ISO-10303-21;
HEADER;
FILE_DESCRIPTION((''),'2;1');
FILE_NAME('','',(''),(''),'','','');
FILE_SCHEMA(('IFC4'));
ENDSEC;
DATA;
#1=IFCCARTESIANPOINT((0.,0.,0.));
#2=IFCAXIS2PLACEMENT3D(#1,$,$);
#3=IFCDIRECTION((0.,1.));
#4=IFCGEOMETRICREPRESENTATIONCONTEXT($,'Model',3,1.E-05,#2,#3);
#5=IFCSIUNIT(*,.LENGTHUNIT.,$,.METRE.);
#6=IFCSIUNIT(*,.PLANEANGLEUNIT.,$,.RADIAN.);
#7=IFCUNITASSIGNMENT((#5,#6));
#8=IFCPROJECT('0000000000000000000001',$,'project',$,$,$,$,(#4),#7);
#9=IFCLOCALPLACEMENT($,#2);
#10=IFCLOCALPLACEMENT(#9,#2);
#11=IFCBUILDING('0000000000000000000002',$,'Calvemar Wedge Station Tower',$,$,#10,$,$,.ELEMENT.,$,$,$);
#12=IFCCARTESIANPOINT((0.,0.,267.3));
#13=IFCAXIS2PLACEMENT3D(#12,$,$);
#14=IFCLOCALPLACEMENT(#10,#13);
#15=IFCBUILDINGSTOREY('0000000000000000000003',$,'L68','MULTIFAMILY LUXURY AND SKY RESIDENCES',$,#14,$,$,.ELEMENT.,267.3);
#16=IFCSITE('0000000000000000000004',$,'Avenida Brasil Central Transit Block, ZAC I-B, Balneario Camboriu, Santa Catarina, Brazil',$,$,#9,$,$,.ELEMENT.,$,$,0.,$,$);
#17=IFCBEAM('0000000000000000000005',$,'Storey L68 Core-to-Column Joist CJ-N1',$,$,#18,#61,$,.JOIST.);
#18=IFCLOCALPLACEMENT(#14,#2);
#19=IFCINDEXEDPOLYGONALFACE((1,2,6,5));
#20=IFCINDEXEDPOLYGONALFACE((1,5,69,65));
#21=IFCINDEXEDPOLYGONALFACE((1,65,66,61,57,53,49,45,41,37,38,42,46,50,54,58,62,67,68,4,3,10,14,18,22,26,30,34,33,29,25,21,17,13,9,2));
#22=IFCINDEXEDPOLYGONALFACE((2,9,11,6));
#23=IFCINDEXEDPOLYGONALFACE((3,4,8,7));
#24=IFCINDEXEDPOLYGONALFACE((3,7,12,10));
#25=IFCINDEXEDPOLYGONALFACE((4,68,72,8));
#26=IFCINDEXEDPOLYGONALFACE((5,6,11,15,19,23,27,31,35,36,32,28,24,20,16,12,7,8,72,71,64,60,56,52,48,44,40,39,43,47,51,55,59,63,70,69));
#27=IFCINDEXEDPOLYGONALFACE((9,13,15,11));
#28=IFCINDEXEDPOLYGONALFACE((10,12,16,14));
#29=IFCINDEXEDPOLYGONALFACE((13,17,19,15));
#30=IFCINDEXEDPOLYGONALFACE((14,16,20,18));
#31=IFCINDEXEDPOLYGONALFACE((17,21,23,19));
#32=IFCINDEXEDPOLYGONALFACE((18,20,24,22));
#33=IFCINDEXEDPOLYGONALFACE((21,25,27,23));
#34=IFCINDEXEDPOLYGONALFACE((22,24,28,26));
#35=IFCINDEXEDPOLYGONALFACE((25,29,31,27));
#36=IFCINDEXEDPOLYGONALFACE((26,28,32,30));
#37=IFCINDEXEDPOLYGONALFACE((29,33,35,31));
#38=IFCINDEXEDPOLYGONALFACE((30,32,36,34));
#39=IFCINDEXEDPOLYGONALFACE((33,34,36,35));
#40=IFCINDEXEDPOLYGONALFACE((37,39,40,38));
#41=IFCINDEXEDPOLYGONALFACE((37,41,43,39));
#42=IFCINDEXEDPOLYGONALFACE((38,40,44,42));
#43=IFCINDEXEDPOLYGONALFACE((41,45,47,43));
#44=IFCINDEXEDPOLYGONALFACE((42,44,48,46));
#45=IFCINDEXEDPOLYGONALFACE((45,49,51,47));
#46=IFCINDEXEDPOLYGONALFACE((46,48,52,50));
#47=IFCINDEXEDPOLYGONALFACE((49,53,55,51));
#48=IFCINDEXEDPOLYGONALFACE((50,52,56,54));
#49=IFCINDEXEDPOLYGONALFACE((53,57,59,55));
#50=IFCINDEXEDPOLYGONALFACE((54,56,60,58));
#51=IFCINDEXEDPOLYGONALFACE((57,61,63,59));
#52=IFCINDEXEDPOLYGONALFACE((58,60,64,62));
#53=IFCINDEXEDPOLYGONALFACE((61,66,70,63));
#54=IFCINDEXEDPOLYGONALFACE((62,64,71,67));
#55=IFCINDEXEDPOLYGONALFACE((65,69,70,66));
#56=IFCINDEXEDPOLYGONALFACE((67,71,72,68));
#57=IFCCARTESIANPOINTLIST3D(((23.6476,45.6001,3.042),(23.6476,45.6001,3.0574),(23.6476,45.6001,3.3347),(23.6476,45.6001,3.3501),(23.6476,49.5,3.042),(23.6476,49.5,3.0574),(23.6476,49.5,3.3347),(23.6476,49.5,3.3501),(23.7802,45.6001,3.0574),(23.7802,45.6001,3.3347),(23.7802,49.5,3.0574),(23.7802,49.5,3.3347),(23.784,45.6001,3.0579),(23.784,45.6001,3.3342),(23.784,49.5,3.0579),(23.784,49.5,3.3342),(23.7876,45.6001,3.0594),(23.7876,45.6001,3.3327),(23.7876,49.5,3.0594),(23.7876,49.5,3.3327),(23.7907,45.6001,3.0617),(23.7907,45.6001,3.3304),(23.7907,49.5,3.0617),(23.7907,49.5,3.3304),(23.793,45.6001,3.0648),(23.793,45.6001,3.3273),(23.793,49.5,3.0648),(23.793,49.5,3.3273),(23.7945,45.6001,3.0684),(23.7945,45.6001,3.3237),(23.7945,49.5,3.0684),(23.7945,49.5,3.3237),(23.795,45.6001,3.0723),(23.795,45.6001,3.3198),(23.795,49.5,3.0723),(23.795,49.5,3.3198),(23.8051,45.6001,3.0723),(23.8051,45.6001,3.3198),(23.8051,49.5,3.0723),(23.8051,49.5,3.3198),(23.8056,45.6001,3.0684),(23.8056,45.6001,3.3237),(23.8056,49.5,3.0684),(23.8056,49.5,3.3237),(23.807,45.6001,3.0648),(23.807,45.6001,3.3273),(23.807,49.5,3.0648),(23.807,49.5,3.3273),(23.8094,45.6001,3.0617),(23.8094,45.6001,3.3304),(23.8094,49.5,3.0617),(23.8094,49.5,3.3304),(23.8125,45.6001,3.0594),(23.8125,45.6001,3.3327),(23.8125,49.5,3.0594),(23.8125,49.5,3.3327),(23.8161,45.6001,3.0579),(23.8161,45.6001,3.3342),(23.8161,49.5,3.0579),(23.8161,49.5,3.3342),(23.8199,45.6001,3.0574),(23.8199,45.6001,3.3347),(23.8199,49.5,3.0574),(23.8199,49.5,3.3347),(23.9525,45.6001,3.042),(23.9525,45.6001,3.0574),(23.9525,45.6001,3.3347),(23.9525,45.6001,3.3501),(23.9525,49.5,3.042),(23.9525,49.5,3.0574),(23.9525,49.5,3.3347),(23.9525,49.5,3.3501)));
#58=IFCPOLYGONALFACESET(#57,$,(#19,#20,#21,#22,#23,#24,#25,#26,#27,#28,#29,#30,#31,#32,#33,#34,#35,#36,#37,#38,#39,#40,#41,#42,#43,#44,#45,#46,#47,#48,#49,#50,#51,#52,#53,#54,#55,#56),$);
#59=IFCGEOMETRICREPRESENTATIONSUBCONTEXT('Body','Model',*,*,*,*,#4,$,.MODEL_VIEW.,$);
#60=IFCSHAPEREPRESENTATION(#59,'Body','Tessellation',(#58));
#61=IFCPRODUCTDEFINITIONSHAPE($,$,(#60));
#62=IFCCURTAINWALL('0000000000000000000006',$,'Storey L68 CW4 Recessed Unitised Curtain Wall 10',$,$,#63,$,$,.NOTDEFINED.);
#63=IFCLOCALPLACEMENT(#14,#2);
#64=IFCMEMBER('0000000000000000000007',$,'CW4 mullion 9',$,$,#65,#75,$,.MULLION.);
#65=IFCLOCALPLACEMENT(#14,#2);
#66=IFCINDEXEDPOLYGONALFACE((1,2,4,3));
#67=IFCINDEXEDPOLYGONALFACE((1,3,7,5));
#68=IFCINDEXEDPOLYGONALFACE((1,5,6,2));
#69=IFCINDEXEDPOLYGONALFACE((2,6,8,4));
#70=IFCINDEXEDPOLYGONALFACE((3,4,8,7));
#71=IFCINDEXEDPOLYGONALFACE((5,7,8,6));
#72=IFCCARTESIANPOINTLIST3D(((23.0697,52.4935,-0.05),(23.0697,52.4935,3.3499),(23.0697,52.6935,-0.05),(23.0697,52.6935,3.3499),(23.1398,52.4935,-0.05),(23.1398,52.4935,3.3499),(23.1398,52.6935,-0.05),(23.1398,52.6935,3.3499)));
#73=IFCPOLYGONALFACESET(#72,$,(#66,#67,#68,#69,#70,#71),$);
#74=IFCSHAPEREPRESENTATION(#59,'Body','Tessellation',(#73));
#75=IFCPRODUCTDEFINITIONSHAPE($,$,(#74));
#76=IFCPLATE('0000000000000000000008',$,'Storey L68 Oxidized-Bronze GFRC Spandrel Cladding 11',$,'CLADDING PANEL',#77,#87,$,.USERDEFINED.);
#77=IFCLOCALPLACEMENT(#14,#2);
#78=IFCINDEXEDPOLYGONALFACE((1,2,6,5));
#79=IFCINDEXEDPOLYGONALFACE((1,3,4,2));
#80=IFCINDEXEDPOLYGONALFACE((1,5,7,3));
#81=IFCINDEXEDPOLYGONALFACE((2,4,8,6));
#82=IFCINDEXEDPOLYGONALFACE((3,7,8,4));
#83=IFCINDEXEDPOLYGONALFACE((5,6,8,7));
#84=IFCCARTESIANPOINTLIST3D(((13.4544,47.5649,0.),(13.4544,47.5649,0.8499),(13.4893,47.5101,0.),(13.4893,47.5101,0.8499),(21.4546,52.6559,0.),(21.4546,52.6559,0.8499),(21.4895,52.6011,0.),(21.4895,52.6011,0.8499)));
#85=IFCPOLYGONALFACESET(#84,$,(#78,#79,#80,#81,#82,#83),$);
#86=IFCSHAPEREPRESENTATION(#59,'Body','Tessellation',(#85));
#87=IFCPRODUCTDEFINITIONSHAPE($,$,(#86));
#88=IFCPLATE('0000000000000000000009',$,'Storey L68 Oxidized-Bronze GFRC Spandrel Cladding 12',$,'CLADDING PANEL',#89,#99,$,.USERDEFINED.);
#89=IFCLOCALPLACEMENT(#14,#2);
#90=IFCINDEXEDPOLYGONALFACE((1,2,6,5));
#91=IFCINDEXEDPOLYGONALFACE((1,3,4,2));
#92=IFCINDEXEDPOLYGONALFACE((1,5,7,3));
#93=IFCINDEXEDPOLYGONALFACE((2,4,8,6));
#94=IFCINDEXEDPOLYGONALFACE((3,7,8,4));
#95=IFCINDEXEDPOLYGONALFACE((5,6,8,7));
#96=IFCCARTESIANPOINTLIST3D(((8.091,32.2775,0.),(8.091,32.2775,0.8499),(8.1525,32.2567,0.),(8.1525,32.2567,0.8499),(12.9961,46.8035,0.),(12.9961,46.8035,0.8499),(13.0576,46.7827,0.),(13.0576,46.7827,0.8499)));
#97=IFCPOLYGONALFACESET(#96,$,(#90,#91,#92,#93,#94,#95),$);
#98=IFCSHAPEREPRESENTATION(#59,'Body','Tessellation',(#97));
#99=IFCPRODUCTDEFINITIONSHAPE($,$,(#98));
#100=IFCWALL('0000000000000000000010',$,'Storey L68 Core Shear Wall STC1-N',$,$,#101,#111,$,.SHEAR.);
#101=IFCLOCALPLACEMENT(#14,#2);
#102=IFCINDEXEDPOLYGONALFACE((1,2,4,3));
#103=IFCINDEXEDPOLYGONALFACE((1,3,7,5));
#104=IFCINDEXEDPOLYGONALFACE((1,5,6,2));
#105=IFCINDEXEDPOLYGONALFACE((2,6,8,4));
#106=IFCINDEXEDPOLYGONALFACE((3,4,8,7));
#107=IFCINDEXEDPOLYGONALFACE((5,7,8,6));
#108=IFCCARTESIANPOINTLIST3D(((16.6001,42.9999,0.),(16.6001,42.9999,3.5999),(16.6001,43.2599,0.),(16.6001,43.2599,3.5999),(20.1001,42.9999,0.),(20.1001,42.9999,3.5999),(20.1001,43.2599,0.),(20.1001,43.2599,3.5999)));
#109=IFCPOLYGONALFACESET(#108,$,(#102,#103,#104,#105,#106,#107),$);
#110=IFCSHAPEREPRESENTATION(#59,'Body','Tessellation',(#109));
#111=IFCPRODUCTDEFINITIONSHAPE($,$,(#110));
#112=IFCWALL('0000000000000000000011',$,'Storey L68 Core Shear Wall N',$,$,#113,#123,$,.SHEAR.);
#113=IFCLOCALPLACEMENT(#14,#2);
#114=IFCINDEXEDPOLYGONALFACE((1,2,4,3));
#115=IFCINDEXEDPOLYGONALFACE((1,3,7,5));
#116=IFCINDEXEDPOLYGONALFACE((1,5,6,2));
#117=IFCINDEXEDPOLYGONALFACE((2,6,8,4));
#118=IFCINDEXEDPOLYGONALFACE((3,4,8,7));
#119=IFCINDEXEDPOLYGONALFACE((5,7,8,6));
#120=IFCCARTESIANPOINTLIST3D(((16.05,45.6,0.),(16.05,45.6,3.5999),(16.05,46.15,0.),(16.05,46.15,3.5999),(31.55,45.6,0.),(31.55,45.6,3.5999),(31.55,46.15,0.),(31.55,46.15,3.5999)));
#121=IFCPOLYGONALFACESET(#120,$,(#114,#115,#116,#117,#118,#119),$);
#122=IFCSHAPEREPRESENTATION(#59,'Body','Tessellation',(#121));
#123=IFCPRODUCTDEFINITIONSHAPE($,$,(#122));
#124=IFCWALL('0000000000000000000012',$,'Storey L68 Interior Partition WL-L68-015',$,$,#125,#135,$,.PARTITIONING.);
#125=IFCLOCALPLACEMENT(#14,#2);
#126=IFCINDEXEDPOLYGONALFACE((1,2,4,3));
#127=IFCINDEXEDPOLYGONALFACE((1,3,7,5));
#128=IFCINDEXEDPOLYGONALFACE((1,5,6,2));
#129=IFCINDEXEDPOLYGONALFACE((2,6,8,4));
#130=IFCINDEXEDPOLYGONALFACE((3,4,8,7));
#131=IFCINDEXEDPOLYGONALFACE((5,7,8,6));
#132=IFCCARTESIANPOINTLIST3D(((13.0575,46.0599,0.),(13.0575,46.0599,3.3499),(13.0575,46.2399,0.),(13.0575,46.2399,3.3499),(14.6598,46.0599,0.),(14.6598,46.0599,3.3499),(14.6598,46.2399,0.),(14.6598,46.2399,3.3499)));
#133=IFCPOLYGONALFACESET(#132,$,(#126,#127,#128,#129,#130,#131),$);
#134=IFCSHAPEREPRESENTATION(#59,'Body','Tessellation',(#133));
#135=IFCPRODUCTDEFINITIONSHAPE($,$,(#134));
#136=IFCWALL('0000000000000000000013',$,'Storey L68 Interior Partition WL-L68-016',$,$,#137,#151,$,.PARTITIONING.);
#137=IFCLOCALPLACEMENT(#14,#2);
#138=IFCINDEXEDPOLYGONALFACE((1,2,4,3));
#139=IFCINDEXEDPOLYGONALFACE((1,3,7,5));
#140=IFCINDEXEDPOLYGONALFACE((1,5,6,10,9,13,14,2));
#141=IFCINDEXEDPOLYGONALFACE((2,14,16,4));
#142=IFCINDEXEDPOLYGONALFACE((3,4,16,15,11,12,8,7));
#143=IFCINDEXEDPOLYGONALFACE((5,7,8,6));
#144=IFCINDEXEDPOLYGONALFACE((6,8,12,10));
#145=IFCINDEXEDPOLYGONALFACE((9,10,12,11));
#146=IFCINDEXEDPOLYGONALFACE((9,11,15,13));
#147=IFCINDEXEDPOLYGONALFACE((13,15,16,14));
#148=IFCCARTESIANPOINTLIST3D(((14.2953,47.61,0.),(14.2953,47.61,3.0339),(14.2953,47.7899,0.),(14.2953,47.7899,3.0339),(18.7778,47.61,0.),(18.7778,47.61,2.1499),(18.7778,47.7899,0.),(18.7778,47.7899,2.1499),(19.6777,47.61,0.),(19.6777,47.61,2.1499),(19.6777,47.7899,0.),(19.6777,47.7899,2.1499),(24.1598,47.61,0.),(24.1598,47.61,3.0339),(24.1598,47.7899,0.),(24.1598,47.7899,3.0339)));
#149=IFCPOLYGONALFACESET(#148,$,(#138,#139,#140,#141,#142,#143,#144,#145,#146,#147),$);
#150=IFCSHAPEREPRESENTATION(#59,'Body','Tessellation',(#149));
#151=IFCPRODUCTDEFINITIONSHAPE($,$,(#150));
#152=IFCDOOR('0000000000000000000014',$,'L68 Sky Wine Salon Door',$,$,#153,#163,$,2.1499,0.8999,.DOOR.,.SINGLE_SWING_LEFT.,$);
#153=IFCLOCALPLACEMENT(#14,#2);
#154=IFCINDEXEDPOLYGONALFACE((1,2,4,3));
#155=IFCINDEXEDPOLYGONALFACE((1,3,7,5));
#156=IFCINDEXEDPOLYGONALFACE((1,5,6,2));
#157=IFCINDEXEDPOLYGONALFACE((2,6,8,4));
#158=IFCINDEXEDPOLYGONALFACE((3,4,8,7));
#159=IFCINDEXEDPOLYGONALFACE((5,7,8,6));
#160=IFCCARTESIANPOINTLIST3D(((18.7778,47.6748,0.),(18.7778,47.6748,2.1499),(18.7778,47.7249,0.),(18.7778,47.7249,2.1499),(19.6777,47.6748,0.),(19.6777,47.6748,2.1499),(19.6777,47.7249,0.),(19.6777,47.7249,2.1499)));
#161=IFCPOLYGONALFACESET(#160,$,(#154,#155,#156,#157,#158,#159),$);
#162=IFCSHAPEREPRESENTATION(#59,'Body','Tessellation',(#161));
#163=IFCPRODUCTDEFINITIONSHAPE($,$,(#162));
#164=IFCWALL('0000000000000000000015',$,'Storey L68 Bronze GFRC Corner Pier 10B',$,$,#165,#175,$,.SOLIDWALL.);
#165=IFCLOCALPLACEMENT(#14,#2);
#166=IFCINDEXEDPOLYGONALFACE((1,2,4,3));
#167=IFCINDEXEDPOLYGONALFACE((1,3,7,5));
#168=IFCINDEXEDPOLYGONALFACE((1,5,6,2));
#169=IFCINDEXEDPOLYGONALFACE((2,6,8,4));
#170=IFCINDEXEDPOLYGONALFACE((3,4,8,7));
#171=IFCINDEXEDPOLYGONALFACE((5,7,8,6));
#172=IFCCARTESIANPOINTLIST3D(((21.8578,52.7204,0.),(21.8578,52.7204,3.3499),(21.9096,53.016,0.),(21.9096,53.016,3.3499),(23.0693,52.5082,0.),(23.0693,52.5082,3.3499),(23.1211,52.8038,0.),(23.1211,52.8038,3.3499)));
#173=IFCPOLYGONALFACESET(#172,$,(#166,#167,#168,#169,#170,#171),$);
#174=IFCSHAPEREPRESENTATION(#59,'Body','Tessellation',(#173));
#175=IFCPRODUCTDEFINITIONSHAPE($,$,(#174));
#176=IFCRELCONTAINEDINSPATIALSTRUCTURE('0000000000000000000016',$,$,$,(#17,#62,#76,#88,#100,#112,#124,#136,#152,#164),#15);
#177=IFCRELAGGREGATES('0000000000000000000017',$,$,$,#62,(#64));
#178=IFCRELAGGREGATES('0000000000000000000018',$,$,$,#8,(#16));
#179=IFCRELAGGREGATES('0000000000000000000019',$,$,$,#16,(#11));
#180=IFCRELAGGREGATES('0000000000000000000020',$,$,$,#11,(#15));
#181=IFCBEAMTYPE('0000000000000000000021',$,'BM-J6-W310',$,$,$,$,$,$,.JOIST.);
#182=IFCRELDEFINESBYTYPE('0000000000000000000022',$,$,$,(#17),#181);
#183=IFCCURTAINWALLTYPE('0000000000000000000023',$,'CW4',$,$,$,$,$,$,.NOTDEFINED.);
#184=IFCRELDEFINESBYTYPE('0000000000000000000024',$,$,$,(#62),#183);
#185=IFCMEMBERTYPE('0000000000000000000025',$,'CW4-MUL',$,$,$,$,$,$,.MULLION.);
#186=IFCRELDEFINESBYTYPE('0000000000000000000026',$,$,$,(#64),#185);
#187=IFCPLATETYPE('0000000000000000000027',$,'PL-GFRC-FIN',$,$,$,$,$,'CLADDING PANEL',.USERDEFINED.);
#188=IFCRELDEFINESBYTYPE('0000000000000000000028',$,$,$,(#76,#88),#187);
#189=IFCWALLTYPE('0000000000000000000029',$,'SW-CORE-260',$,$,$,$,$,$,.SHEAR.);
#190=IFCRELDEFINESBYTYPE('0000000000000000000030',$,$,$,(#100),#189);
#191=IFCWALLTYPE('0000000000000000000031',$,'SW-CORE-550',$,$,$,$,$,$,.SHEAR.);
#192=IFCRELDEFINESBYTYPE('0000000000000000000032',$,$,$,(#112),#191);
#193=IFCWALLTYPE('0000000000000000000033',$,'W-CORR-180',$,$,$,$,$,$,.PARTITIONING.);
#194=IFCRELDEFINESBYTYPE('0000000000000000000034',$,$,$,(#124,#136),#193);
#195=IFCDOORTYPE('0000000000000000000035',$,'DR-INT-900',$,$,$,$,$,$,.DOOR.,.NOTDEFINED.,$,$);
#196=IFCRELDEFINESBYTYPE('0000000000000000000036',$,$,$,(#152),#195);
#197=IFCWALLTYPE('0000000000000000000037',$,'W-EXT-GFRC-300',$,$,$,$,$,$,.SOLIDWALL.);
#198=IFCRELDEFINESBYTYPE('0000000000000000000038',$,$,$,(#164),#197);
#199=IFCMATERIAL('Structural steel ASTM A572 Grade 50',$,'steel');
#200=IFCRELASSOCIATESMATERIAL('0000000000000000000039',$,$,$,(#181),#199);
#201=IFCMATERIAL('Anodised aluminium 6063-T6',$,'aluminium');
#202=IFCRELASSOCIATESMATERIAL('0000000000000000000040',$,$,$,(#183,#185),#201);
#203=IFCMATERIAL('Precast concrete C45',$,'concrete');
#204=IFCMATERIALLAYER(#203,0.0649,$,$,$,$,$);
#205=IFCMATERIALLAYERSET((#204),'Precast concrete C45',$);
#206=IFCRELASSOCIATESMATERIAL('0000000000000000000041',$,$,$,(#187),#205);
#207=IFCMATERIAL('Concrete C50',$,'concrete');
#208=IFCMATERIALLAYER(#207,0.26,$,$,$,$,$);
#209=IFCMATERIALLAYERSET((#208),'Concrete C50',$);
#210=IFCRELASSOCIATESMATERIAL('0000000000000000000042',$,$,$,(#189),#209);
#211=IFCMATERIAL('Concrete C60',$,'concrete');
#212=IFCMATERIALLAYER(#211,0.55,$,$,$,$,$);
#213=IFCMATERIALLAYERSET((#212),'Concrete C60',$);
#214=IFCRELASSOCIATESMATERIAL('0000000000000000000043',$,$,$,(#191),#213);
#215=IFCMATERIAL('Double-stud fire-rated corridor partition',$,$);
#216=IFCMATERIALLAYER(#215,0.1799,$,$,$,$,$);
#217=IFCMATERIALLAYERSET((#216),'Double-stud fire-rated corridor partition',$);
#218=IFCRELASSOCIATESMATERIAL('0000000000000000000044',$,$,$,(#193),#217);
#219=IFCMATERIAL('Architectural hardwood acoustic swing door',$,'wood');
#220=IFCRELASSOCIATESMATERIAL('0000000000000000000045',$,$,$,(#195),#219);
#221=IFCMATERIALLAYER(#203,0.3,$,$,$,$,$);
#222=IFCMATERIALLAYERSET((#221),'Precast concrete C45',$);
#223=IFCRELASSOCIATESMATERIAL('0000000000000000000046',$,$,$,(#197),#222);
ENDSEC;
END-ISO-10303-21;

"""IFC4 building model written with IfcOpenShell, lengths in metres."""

from ifc_helpers import new_model, si_unit, direction, frame, frame_2d, origin, origin_2d, place, context, subcontext, project, spatial, rectangle, i_section, extrude, source, transform, mapped, material, layer, layer_set, material_profile, profile_set, type_object, element, fill, aggregate, save


model = new_model("IFC4")

# Units and contexts
model_context = context("Model", 3, precision=1e-05, world=origin(), true_north=direction((0.0, 1.0)))
body_context = subcontext(model_context, "Body", "Model", "MODEL_VIEW")
ifc_project = project(units=[si_unit("LENGTHUNIT", "METRE"), si_unit("PLANEANGLEUNIT", "RADIAN")], contexts=[model_context])

# Site, building, storey
site_placement = place(None, origin())
site = spatial("IfcSite", under=ifc_project, at=site_placement, Name="Avenida Brasil Central Transit Block, ZAC I-B, Balneario Camboriu, Santa Catarina, Brazil", CompositionType="ELEMENT", RefElevation=0.0)
building_placement = place(site_placement, origin())
building = spatial("IfcBuilding", under=site, at=building_placement, Name="Calvemar Wedge Station Tower", CompositionType="ELEMENT")
storey_placement = place(building_placement, frame((0.0, 0.0, 267.3)))
storey = spatial("IfcBuildingStorey", under=building, at=storey_placement, Name="L68", Description="MULTIFAMILY LUXURY AND SKY RESIDENCES", CompositionType="ELEMENT", Elevation=267.3)

# Beam
ifc_material_1 = material(Name="Structural steel ASTM A572 Grade 50", Category="steel")
ifc_material_profile_1 = material_profile(ifc_material_1, i_section(OverallWidth=0.3049, OverallDepth=0.3081, WebThickness=0.01, FlangeThickness=0.0154, FilletRadius=0.0149, at=origin_2d()), Name="W310x97")
ifc_profile_set_1 = profile_set([ifc_material_profile_1], Name="Structural steel ASTM A572 Grade 50")
beam_type = type_object("IfcBeamType", Name="BM-J6-W310", PredefinedType="JOIST", material=ifc_profile_set_1)
shared_shape_1 = source(origin(), body_context, "Body", "SweptSolid", [
    extrude(i_section(OverallWidth=0.3049, OverallDepth=0.3081, WebThickness=0.01, FlangeThickness=0.0154, FilletRadius=0.0149, at=origin_2d()), origin(), (0.0, 0.0, 1.0), 3.8999),
])
beam_placement = place(storey_placement, frame((23.8, 45.6001, 3.196), z_axis=(0.0, 1.0, 0.0), x_axis=(-1.0, 0.0, 0.0)))
element("IfcBeam", 1, at=beam_placement, inside=storey, type_object=beam_type, Name="Storey L68 Core-to-Column Joist CJ-N1", PredefinedType="JOIST", context=body_context, shape_type="MappedRepresentation", body=[
    mapped(shared_shape_1, transform((0.0, 0.0, 0.0), scale=1.0)),
])

# Curtain wall, member
ifc_material_2 = material(Name="Anodised aluminium 6063-T6", Category="aluminium")
curtain_wall_type = type_object("IfcCurtainWallType", Name="CW4", PredefinedType="NOTDEFINED", material=ifc_material_2)
curtain_wall_placement = place(storey_placement, origin())
curtain_wall = element("IfcCurtainWall", 2, at=curtain_wall_placement, inside=storey, type_object=curtain_wall_type, Name="Storey L68 CW4 Recessed Unitised Curtain Wall 10", PredefinedType="NOTDEFINED")
ifc_material_profile_2 = material_profile(ifc_material_2, rectangle(XDim=0.0701, YDim=0.2, at=origin_2d()), Name="AL-MUL-70x200")
ifc_profile_set_2 = profile_set([ifc_material_profile_2], Name="Anodised aluminium 6063-T6")
member_type = type_object("IfcMemberType", Name="CW4-MUL", PredefinedType="MULLION", material=ifc_profile_set_2)
shared_shape_2 = source(origin(), body_context, "Body", "SweptSolid", [
    extrude(rectangle(XDim=0.0701, YDim=0.2, at=origin_2d()), origin(), (0.0, 0.0, 1.0), 3.3999),
])
member_placement = place(storey_placement, frame((23.1047, 52.5935, -0.05), z_axis=(0.0, 0.0, 1.0), x_axis=(1.0, 0.0, 0.0)))
member = element("IfcMember", 3, at=member_placement, type_object=member_type, Name="CW4 mullion 9", PredefinedType="MULLION", context=body_context, shape_type="MappedRepresentation", body=[
    mapped(shared_shape_2, transform((0.0, 0.0, 0.0), scale=1.0)),
])
aggregate(curtain_wall, [member])

# Plates
ifc_material_3 = material(Name="Precast concrete C45", Category="concrete")
ifc_layer_1 = layer(ifc_material_3, 0.0649)
ifc_layer_set_1 = layer_set([ifc_layer_1], Name="Precast concrete C45")
plate_type = type_object("IfcPlateType", Name="PL-GFRC-FIN", ElementType="CLADDING PANEL", PredefinedType="USERDEFINED", material=ifc_layer_set_1)
plate_1_placement = place(storey_placement, frame((21.4719, 52.6284, 0.0), z_axis=(0.0, 0.0, 1.0), x_axis=(-0.843661, -0.536875, 0.0)))
element("IfcPlate", 4, at=plate_1_placement, inside=storey, type_object=plate_type, Name="Storey L68 Oxidized-Bronze GFRC Spandrel Cladding 11", ObjectType="CLADDING PANEL", PredefinedType="USERDEFINED", context=body_context, shape_type="SweptSolid", body=[
    extrude(rectangle(XDim=9.4827, YDim=0.0649, at=frame_2d((4.7412, 0.0))), origin(), (0.0, 0.0, 1.0), 0.8499),
])
plate_2_placement = place(storey_placement, frame((13.0269, 46.7932, 0.0), z_axis=(0.0, 0.0, 1.0), x_axis=(-0.319928, -0.947442, 0.0)))
element("IfcPlate", 5, at=plate_2_placement, inside=storey, type_object=plate_type, Name="Storey L68 Oxidized-Bronze GFRC Spandrel Cladding 12", ObjectType="CLADDING PANEL", PredefinedType="USERDEFINED", context=body_context, shape_type="SweptSolid", body=[
    extrude(rectangle(XDim=15.3318, YDim=0.0649, at=frame_2d((7.666, 0.0))), origin(), (0.0, 0.0, 1.0), 0.8499),
])

# Walls
ifc_material_4 = material(Name="Concrete C50", Category="concrete")
ifc_layer_2 = layer(ifc_material_4, 0.26)
ifc_layer_set_2 = layer_set([ifc_layer_2], Name="Concrete C50")
wall_type_1 = type_object("IfcWallType", Name="SW-CORE-260", PredefinedType="SHEAR", material=ifc_layer_set_2)
wall_1_placement = place(storey_placement, frame((16.6001, 43.1299, 0.0), z_axis=(0.0, 0.0, 1.0), x_axis=(1.0, 0.0, 0.0)))
element("IfcWall", 6, at=wall_1_placement, inside=storey, type_object=wall_type_1, Name="Storey L68 Core Shear Wall STC1-N", PredefinedType="SHEAR", context=body_context, shape_type="SweptSolid", body=[
    extrude(rectangle(XDim=3.5, YDim=0.26, at=frame_2d((1.75, 0.0))), origin(), (0.0, 0.0, 1.0), 3.5999),
])
ifc_material_5 = material(Name="Concrete C60", Category="concrete")
ifc_layer_3 = layer(ifc_material_5, 0.55)
ifc_layer_set_3 = layer_set([ifc_layer_3], Name="Concrete C60")
wall_type_2 = type_object("IfcWallType", Name="SW-CORE-550", PredefinedType="SHEAR", material=ifc_layer_set_3)
wall_2_placement = place(storey_placement, frame((16.05, 45.875, 0.0), z_axis=(0.0, 0.0, 1.0), x_axis=(1.0, 0.0, 0.0)))
element("IfcWall", 7, at=wall_2_placement, inside=storey, type_object=wall_type_2, Name="Storey L68 Core Shear Wall N", PredefinedType="SHEAR", context=body_context, shape_type="SweptSolid", body=[
    extrude(rectangle(XDim=15.5, YDim=0.55, at=frame_2d((7.75, 0.0))), origin(), (0.0, 0.0, 1.0), 3.5999),
])
ifc_material_6 = material(Name="Double-stud fire-rated corridor partition")
ifc_layer_4 = layer(ifc_material_6, 0.1799)
ifc_layer_set_4 = layer_set([ifc_layer_4], Name="Double-stud fire-rated corridor partition")
wall_type_3 = type_object("IfcWallType", Name="W-CORR-180", PredefinedType="PARTITIONING", material=ifc_layer_set_4)
wall_3_placement = place(storey_placement, frame((14.6599, 46.1499, 0.0), z_axis=(0.0, 0.0, 1.0), x_axis=(-1.0, 0.0, 0.0)))
element("IfcWall", 8, at=wall_3_placement, inside=storey, type_object=wall_type_3, Name="Storey L68 Interior Partition WL-L68-015", PredefinedType="PARTITIONING", context=body_context, shape_type="SweptSolid", body=[
    extrude(rectangle(XDim=1.6023, YDim=0.1799, at=frame_2d((0.8013, 0.0))), origin(), (0.0, 0.0, 1.0), 3.3499),
])

# Wall, opening, door
wall_4_placement = place(storey_placement, frame((14.2954, 47.7, 0.0), z_axis=(0.0, 0.0, 1.0), x_axis=(1.0, 0.0, 0.0)))
wall_4 = element("IfcWall", 9, at=wall_4_placement, inside=storey, type_object=wall_type_3, Name="Storey L68 Interior Partition WL-L68-016", PredefinedType="PARTITIONING", context=body_context, shape_type="SweptSolid", body=[
    extrude(rectangle(XDim=9.8645, YDim=0.1799, at=frame_2d((4.9321, 0.0))), origin(), (0.0, 0.0, 1.0), 3.0339),
])
shared_shape_3 = source(origin(), body_context, "Body", "SweptSolid", [
    extrude(rectangle(XDim=0.8999, YDim=2.1499, at=frame_2d((0.45, 1.075))), frame((0.0, 0.1001, 0.0), z_axis=(0.0, -1.0, 0.0), x_axis=(1.0, 0.0, 0.0)), (0.0, 0.0, 1.0), 0.2),
])
opening_1_placement = place(wall_4_placement, frame((4.4824, 0.0, 0.0)))
opening_1 = element("IfcOpeningElement", 10, at=opening_1_placement, cuts=wall_4, PredefinedType="OPENING", context=body_context, shape_type="MappedRepresentation", body=[
    mapped(shared_shape_3, transform((0.0, 0.0, 0.0), scale=1.0)),
])
ifc_material_7 = material(Name="Architectural hardwood acoustic swing door", Category="wood")
door_type = type_object("IfcDoorType", Name="DR-INT-900", OperationType="NOTDEFINED", PredefinedType="DOOR", material=ifc_material_7)
shared_shape_4 = source(origin(), body_context, "Body", "SweptSolid", [
    extrude(rectangle(XDim=0.8999, YDim=2.1499, at=frame_2d((0.45, 1.075))), frame((0.0, 0.0249, 0.0), z_axis=(0.0, -1.0, 0.0), x_axis=(1.0, 0.0, 0.0)), (0.0, 0.0, 1.0), 0.05),
])
door_placement = place(opening_1_placement, origin())
door = element("IfcDoor", 11, at=door_placement, inside=storey, type_object=door_type, Name="L68 Sky Wine Salon Door", OperationType="SINGLE_SWING_LEFT", OverallHeight=2.1499, OverallWidth=0.8999, PredefinedType="DOOR", context=body_context, shape_type="MappedRepresentation", body=[
    mapped(shared_shape_4, transform((0.0, 0.0, 0.0), scale=1.0)),
])
fill(opening_1, door)

# Wall
ifc_layer_5 = layer(ifc_material_3, 0.3)
ifc_layer_set_5 = layer_set([ifc_layer_5], Name="Precast concrete C45")
wall_type_4 = type_object("IfcWallType", Name="W-EXT-GFRC-300", PredefinedType="SOLIDWALL", material=ifc_layer_set_5)
wall_5_placement = place(storey_placement, frame((23.0952, 52.656, 0.0), z_axis=(0.0, 0.0, 1.0), x_axis=(-0.985009, 0.172506, 0.0)))
element("IfcWall", 12, at=wall_5_placement, inside=storey, type_object=wall_type_4, Name="Storey L68 Bronze GFRC Corner Pier 10B", PredefinedType="SOLIDWALL", context=body_context, shape_type="SweptSolid", body=[
    extrude(rectangle(XDim=1.23, YDim=0.3, at=frame_2d((0.615, 0.0))), origin(), (0.0, 0.0, 1.0), 3.3499),
])

save(model, "model.ifc")
